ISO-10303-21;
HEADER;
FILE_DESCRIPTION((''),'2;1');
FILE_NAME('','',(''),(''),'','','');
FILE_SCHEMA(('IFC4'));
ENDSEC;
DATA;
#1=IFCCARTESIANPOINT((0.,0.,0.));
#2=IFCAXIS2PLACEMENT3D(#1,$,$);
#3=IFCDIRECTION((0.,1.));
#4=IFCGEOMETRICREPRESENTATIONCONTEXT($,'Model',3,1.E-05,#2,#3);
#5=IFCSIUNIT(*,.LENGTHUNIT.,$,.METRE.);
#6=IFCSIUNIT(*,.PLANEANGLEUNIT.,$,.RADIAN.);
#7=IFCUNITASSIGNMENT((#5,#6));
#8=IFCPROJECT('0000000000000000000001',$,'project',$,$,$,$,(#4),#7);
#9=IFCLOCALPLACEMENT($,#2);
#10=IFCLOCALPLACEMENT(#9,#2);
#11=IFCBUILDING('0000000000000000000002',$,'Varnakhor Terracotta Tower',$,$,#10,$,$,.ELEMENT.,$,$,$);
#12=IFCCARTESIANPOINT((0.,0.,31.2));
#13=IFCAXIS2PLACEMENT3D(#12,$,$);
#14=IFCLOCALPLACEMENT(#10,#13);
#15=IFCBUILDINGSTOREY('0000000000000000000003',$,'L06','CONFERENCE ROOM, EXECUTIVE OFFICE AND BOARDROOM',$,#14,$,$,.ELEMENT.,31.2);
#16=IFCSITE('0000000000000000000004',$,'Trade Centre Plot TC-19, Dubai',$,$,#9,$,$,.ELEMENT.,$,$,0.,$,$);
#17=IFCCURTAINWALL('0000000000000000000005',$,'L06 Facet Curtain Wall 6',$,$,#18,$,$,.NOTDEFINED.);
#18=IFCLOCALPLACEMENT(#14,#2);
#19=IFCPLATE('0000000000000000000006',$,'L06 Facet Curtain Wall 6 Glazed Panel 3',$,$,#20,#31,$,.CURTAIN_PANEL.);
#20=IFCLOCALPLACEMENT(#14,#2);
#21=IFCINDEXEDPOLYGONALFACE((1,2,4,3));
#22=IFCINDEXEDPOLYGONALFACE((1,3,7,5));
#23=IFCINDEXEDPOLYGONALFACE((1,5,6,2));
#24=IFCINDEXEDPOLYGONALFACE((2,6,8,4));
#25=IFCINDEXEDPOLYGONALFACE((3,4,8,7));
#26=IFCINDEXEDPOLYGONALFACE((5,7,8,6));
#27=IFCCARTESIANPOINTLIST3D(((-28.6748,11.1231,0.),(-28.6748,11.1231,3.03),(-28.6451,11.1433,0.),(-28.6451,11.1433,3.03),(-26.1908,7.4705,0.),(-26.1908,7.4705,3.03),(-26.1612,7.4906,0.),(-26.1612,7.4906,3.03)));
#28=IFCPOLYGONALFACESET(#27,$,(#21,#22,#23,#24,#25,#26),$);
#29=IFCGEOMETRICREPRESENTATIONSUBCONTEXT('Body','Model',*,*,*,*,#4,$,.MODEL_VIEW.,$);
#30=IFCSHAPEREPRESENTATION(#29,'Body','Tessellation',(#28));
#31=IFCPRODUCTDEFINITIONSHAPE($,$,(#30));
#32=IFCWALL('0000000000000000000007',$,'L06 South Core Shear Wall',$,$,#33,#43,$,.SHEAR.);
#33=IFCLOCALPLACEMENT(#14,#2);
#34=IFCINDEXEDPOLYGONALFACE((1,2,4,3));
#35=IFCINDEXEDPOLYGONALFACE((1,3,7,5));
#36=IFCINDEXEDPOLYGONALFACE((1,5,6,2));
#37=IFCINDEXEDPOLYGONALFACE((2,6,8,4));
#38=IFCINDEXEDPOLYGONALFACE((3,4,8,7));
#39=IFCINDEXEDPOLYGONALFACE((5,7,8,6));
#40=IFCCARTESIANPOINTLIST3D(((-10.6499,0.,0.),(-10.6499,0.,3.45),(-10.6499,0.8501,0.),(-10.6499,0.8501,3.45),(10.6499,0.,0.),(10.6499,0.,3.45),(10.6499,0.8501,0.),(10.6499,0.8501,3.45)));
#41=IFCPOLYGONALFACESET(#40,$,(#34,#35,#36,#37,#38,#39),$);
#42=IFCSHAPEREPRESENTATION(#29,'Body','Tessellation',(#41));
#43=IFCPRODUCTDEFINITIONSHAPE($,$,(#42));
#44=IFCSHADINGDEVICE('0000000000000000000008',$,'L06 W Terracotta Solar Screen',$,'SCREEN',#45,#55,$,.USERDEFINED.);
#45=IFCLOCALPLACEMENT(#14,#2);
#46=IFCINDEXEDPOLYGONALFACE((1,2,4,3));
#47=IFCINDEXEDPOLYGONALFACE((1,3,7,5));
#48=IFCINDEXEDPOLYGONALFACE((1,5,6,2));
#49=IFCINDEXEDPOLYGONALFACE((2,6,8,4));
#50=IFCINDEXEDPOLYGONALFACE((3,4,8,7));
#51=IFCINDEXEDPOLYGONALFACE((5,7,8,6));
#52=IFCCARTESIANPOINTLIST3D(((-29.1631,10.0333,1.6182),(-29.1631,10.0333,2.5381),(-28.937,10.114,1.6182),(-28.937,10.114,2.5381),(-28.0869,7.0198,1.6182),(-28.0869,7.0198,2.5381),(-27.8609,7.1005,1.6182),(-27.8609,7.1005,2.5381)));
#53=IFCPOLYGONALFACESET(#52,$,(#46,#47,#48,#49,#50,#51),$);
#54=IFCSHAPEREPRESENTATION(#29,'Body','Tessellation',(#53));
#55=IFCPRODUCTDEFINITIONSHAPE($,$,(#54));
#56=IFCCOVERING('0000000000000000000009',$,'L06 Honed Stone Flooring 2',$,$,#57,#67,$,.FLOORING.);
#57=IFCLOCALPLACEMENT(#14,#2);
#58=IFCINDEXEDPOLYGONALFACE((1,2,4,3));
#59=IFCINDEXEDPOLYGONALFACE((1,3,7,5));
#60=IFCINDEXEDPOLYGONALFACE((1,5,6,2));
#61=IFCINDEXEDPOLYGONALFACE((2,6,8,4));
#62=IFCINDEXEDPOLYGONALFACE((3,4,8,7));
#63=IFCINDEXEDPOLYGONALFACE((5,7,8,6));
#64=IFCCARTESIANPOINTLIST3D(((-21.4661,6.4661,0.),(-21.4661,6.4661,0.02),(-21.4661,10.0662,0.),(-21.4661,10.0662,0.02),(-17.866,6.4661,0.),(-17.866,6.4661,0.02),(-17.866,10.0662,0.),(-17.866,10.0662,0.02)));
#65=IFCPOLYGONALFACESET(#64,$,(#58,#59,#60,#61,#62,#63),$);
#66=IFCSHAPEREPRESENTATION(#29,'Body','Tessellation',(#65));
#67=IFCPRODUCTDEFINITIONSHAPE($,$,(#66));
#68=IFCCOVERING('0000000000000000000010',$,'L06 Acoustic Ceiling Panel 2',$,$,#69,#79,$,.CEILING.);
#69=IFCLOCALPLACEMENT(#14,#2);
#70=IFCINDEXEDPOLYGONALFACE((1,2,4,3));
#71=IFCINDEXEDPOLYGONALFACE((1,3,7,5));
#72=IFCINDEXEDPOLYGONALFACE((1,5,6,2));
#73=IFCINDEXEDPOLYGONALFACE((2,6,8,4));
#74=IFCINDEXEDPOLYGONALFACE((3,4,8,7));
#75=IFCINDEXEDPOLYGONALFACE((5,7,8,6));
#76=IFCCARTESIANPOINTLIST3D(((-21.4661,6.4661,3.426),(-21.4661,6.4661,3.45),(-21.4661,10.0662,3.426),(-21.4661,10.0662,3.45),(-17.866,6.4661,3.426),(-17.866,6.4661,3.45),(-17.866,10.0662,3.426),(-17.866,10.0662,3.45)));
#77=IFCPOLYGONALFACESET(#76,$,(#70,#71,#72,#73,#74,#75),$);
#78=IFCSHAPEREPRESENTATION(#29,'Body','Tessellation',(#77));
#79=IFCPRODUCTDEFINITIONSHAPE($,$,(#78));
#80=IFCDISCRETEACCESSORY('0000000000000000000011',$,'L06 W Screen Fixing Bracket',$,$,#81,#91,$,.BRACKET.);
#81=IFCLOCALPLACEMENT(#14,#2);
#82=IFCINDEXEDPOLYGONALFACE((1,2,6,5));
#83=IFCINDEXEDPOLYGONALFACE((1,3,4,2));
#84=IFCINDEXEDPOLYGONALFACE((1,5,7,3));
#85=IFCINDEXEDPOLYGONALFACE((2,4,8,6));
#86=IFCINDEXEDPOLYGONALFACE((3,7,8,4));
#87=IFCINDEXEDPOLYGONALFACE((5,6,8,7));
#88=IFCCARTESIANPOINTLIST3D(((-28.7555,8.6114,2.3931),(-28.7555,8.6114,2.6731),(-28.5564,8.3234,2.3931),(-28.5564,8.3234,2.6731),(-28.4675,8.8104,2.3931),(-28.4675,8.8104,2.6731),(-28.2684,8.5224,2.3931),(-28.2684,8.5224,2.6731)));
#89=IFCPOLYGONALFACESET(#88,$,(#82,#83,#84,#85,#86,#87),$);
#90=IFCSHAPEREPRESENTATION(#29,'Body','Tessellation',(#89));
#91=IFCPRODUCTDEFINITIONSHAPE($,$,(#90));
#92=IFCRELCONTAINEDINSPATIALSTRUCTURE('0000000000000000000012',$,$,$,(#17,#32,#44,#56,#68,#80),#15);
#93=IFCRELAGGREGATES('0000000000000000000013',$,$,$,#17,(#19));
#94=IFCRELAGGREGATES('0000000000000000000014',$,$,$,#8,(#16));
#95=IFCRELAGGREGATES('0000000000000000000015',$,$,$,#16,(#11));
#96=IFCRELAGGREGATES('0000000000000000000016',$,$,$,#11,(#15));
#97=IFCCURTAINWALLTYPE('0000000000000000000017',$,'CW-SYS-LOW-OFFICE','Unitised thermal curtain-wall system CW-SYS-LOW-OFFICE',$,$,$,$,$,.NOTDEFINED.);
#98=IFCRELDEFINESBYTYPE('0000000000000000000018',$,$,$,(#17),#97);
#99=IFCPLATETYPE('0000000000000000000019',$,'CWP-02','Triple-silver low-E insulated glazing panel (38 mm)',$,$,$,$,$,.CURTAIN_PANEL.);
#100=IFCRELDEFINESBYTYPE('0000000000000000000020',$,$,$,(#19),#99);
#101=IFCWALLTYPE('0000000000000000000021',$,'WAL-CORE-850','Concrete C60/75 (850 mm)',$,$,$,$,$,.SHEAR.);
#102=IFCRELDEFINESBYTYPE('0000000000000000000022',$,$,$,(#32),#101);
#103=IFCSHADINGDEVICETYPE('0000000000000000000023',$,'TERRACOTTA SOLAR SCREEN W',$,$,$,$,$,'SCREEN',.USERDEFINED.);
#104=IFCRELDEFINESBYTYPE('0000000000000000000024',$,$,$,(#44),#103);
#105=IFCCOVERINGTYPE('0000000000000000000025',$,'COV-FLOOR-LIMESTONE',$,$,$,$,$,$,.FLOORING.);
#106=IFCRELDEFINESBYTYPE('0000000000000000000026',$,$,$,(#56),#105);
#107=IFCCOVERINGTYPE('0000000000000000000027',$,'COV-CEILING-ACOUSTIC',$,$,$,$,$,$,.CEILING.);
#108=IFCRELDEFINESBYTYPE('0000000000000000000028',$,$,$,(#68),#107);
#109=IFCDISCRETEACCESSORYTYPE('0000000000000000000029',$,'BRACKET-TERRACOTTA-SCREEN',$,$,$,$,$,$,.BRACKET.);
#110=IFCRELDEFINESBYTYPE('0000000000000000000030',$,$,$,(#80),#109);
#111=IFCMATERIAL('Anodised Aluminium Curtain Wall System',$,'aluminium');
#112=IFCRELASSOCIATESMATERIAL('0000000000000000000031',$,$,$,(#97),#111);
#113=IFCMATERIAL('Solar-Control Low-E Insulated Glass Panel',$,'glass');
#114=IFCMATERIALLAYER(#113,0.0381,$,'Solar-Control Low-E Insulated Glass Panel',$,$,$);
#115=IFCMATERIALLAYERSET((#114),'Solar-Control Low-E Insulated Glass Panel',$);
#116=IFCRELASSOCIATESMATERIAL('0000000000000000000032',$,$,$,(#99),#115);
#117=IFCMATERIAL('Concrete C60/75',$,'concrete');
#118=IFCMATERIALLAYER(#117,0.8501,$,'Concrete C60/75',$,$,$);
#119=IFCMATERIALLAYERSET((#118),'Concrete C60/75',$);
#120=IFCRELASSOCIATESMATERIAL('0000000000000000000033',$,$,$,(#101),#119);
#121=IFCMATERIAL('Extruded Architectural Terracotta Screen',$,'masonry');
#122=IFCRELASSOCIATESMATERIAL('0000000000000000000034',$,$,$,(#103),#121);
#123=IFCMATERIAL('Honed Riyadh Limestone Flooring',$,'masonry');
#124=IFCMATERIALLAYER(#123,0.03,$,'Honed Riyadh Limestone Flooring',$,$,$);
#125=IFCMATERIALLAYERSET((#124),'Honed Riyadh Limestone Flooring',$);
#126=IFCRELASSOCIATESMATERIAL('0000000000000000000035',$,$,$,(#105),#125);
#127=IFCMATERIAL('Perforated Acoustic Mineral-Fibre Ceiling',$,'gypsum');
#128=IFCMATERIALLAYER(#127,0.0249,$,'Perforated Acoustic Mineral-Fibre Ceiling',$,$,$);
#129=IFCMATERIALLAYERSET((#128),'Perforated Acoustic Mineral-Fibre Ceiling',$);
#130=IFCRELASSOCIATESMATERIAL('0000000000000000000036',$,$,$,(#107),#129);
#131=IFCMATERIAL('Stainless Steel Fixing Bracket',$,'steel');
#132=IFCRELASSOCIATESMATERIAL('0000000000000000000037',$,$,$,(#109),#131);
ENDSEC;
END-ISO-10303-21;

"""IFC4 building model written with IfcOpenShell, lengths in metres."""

from ifc_helpers import new_model, si_unit, direction, frame, frame_2d, origin, origin_2d, place, context, subcontext, project, spatial, rectangle, extrude, source, transform, mapped, material, layer, layer_set, type_object, type_shapes, element, aggregate, save


model = new_model("IFC4")

# Units and contexts
model_context = context("Model", 3, precision=1e-05, world=origin(), true_north=direction((0.0, 1.0)))
body_context = subcontext(model_context, "Body", "Model", "MODEL_VIEW")
ifc_project = project(units=[si_unit("LENGTHUNIT", "METRE"), si_unit("PLANEANGLEUNIT", "RADIAN")], contexts=[model_context])

# Site, building, storey
site_placement = place(None, origin())
site = spatial("IfcSite", under=ifc_project, at=site_placement, Name="Trade Centre Plot TC-19, Dubai", CompositionType="ELEMENT", RefElevation=0.0)
building_placement = place(site_placement, origin())
building = spatial("IfcBuilding", under=site, at=building_placement, Name="Varnakhor Terracotta Tower", CompositionType="ELEMENT")
storey_placement = place(building_placement, frame((0.0, 0.0, 31.2)))
storey = spatial("IfcBuildingStorey", under=building, at=storey_placement, Name="L06", Description="CONFERENCE ROOM, EXECUTIVE OFFICE AND BOARDROOM", CompositionType="ELEMENT", Elevation=31.2)

# Shared definitions
ifc_material_1 = material(Name="Anodised Aluminium Curtain Wall System", Category="aluminium")
curtain_wall_type = type_object("IfcCurtainWallType", Name="CW-SYS-LOW-OFFICE", Description="Unitised thermal curtain-wall system CW-SYS-LOW-OFFICE", PredefinedType="NOTDEFINED", material=ifc_material_1)

# Curtain wall
curtain_wall_1_placement = place(storey_placement, origin())
curtain_wall_1 = element("IfcCurtainWall", 1, at=curtain_wall_1_placement, inside=storey, type_object=curtain_wall_type, Name="L06 Facet Curtain Wall 6", PredefinedType="NOTDEFINED")

# Plate
ifc_material_2 = material(Name="Solar-Control Low-E Insulated Glass Panel", Category="glass")
ifc_layer_1 = layer(ifc_material_2, 0.0381, Name="Solar-Control Low-E Insulated Glass Panel")
ifc_layer_set_1 = layer_set([ifc_layer_1], Name="Solar-Control Low-E Insulated Glass Panel")
plate_type = type_object("IfcPlateType", Name="CWP-02", Description="Triple-silver low-E insulated glazing panel (38 mm)", PredefinedType="CURTAIN_PANEL", material=ifc_layer_set_1)
shared_shape_1 = source(origin(), body_context, "Body", "SweptSolid", [
    extrude(rectangle(XDim=4.4172, YDim=0.0359, at=origin_2d()), origin(), (0.0, 0.0, 1.0), 3.03),
])
plate_1_placement = place(storey_placement, frame((-27.418, 9.3069, 0.0), z_axis=(0.0, 0.0, 1.0), x_axis=(-0.562329, 0.826914, 0.0)))
plate_1 = element("IfcPlate", 2, at=plate_1_placement, type_object=plate_type, Name="L06 Facet Curtain Wall 6 Glazed Panel 3", PredefinedType="CURTAIN_PANEL", context=body_context, shape_type="MappedRepresentation", body=[
    mapped(shared_shape_1, transform((0.0, 0.0, 0.0), scale=1.0)),
])
aggregate(curtain_wall_1, [plate_1])

# Wall
ifc_material_3 = material(Name="Concrete C60/75", Category="concrete")
ifc_layer_2 = layer(ifc_material_3, 0.8501, Name="Concrete C60/75")
ifc_layer_set_2 = layer_set([ifc_layer_2], Name="Concrete C60/75")
wall_type = type_object("IfcWallType", Name="WAL-CORE-850", Description="Concrete C60/75 (850 mm)", PredefinedType="SHEAR", material=ifc_layer_set_2)
wall_placement = place(storey_placement, frame((-10.6499, 0.425, 0.0), z_axis=(0.0, 0.0, 1.0), x_axis=(1.0, 0.0, 0.0)))
element("IfcWall", 3, at=wall_placement, inside=storey, type_object=wall_type, Name="L06 South Core Shear Wall", PredefinedType="SHEAR", context=body_context, shape_type="SweptSolid", body=[
    extrude(rectangle(XDim=21.2998, YDim=0.8501, at=frame_2d((10.6499, 0.0))), origin(), (0.0, 0.0, 1.0), 3.45),
])

# Shading device
ifc_material_4 = material(Name="Extruded Architectural Terracotta Screen", Category="masonry")
shading_device_type = type_object("IfcShadingDeviceType", Name="TERRACOTTA SOLAR SCREEN W", ElementType="SCREEN", PredefinedType="USERDEFINED", material=ifc_material_4)
shared_shape_2 = source(origin(), body_context, "Body", "SweptSolid", [
    extrude(rectangle(XDim=3.2, YDim=0.24, at=origin_2d()), origin(), (0.0, 0.0, 1.0), 0.9199),
])
type_shapes(shading_device_type, [shared_shape_2])
shading_device_placement = place(storey_placement, frame((-28.512, 8.5669, 1.6182), z_axis=(0.0, 0.0, 1.0), x_axis=(0.336306, -0.941753, 0.0)))
element("IfcShadingDevice", 4, at=shading_device_placement, inside=storey, type_object=shading_device_type, Name="L06 W Terracotta Solar Screen", ObjectType="SCREEN", PredefinedType="USERDEFINED", context=body_context, shape_type="MappedRepresentation", body=[
    mapped(shared_shape_2, transform((0.0, 0.0, 0.0), scale=1.0)),
])

# Coverings
ifc_material_5 = material(Name="Honed Riyadh Limestone Flooring", Category="masonry")
ifc_layer_3 = layer(ifc_material_5, 0.03, Name="Honed Riyadh Limestone Flooring")
ifc_layer_set_3 = layer_set([ifc_layer_3], Name="Honed Riyadh Limestone Flooring")
covering_type_1 = type_object("IfcCoveringType", Name="COV-FLOOR-LIMESTONE", PredefinedType="FLOORING", material=ifc_layer_set_3)
shared_shape_3 = source(origin(), body_context, "Body", "SweptSolid", [
    extrude(rectangle(XDim=3.6001, YDim=3.6001, at=origin_2d()), origin(), (0.0, 0.0, 1.0), 0.02),
])
covering_1_placement = place(storey_placement, frame((-19.666, 8.2661, 0.0), z_axis=(0.0, 0.0, 1.0), x_axis=(1.0, 0.0, 0.0)))
element("IfcCovering", 5, at=covering_1_placement, inside=storey, type_object=covering_type_1, Name="L06 Honed Stone Flooring 2", PredefinedType="FLOORING", context=body_context, shape_type="MappedRepresentation", body=[
    mapped(shared_shape_3, transform((0.0, 0.0, 0.0), scale=1.0)),
])
ifc_material_6 = material(Name="Perforated Acoustic Mineral-Fibre Ceiling", Category="gypsum")
ifc_layer_4 = layer(ifc_material_6, 0.0249, Name="Perforated Acoustic Mineral-Fibre Ceiling")
ifc_layer_set_4 = layer_set([ifc_layer_4], Name="Perforated Acoustic Mineral-Fibre Ceiling")
covering_type_2 = type_object("IfcCoveringType", Name="COV-CEILING-ACOUSTIC", PredefinedType="CEILING", material=ifc_layer_set_4)
shared_shape_4 = source(origin(), body_context, "Body", "SweptSolid", [
    extrude(rectangle(XDim=3.6001, YDim=3.6001, at=origin_2d()), origin(), (0.0, 0.0, 1.0), 0.0239),
])
covering_2_placement = place(storey_placement, frame((-19.666, 8.2661, 3.426), z_axis=(0.0, 0.0, 1.0), x_axis=(1.0, 0.0, 0.0)))
element("IfcCovering", 6, at=covering_2_placement, inside=storey, type_object=covering_type_2, Name="L06 Acoustic Ceiling Panel 2", PredefinedType="CEILING", context=body_context, shape_type="MappedRepresentation", body=[
    mapped(shared_shape_4, transform((0.0, 0.0, 0.0), scale=1.0)),
])

# Discrete accessory
ifc_material_7 = material(Name="Stainless Steel Fixing Bracket", Category="steel")
discrete_accessory_type = type_object("IfcDiscreteAccessoryType", Name="BRACKET-TERRACOTTA-SCREEN", PredefinedType="BRACKET", material=ifc_material_7)
shared_shape_5 = source(origin(), body_context, "Body", "SweptSolid", [
    extrude(rectangle(XDim=0.3501, YDim=0.3501, at=origin_2d()), origin(), (0.0, 0.0, 1.0), 0.28),
])
type_shapes(discrete_accessory_type, [shared_shape_5])
discrete_accessory_placement = place(storey_placement, frame((-28.512, 8.5669, 2.3931), z_axis=(0.0, 0.0, 1.0), x_axis=(0.568591, -0.822621, 0.0)))
element("IfcDiscreteAccessory", 7, at=discrete_accessory_placement, inside=storey, type_object=discrete_accessory_type, Name="L06 W Screen Fixing Bracket", PredefinedType="BRACKET", context=body_context, shape_type="MappedRepresentation", body=[
    mapped(shared_shape_5, transform((0.0, 0.0, 0.0), scale=1.0)),
])

save(model, "model.ifc")
